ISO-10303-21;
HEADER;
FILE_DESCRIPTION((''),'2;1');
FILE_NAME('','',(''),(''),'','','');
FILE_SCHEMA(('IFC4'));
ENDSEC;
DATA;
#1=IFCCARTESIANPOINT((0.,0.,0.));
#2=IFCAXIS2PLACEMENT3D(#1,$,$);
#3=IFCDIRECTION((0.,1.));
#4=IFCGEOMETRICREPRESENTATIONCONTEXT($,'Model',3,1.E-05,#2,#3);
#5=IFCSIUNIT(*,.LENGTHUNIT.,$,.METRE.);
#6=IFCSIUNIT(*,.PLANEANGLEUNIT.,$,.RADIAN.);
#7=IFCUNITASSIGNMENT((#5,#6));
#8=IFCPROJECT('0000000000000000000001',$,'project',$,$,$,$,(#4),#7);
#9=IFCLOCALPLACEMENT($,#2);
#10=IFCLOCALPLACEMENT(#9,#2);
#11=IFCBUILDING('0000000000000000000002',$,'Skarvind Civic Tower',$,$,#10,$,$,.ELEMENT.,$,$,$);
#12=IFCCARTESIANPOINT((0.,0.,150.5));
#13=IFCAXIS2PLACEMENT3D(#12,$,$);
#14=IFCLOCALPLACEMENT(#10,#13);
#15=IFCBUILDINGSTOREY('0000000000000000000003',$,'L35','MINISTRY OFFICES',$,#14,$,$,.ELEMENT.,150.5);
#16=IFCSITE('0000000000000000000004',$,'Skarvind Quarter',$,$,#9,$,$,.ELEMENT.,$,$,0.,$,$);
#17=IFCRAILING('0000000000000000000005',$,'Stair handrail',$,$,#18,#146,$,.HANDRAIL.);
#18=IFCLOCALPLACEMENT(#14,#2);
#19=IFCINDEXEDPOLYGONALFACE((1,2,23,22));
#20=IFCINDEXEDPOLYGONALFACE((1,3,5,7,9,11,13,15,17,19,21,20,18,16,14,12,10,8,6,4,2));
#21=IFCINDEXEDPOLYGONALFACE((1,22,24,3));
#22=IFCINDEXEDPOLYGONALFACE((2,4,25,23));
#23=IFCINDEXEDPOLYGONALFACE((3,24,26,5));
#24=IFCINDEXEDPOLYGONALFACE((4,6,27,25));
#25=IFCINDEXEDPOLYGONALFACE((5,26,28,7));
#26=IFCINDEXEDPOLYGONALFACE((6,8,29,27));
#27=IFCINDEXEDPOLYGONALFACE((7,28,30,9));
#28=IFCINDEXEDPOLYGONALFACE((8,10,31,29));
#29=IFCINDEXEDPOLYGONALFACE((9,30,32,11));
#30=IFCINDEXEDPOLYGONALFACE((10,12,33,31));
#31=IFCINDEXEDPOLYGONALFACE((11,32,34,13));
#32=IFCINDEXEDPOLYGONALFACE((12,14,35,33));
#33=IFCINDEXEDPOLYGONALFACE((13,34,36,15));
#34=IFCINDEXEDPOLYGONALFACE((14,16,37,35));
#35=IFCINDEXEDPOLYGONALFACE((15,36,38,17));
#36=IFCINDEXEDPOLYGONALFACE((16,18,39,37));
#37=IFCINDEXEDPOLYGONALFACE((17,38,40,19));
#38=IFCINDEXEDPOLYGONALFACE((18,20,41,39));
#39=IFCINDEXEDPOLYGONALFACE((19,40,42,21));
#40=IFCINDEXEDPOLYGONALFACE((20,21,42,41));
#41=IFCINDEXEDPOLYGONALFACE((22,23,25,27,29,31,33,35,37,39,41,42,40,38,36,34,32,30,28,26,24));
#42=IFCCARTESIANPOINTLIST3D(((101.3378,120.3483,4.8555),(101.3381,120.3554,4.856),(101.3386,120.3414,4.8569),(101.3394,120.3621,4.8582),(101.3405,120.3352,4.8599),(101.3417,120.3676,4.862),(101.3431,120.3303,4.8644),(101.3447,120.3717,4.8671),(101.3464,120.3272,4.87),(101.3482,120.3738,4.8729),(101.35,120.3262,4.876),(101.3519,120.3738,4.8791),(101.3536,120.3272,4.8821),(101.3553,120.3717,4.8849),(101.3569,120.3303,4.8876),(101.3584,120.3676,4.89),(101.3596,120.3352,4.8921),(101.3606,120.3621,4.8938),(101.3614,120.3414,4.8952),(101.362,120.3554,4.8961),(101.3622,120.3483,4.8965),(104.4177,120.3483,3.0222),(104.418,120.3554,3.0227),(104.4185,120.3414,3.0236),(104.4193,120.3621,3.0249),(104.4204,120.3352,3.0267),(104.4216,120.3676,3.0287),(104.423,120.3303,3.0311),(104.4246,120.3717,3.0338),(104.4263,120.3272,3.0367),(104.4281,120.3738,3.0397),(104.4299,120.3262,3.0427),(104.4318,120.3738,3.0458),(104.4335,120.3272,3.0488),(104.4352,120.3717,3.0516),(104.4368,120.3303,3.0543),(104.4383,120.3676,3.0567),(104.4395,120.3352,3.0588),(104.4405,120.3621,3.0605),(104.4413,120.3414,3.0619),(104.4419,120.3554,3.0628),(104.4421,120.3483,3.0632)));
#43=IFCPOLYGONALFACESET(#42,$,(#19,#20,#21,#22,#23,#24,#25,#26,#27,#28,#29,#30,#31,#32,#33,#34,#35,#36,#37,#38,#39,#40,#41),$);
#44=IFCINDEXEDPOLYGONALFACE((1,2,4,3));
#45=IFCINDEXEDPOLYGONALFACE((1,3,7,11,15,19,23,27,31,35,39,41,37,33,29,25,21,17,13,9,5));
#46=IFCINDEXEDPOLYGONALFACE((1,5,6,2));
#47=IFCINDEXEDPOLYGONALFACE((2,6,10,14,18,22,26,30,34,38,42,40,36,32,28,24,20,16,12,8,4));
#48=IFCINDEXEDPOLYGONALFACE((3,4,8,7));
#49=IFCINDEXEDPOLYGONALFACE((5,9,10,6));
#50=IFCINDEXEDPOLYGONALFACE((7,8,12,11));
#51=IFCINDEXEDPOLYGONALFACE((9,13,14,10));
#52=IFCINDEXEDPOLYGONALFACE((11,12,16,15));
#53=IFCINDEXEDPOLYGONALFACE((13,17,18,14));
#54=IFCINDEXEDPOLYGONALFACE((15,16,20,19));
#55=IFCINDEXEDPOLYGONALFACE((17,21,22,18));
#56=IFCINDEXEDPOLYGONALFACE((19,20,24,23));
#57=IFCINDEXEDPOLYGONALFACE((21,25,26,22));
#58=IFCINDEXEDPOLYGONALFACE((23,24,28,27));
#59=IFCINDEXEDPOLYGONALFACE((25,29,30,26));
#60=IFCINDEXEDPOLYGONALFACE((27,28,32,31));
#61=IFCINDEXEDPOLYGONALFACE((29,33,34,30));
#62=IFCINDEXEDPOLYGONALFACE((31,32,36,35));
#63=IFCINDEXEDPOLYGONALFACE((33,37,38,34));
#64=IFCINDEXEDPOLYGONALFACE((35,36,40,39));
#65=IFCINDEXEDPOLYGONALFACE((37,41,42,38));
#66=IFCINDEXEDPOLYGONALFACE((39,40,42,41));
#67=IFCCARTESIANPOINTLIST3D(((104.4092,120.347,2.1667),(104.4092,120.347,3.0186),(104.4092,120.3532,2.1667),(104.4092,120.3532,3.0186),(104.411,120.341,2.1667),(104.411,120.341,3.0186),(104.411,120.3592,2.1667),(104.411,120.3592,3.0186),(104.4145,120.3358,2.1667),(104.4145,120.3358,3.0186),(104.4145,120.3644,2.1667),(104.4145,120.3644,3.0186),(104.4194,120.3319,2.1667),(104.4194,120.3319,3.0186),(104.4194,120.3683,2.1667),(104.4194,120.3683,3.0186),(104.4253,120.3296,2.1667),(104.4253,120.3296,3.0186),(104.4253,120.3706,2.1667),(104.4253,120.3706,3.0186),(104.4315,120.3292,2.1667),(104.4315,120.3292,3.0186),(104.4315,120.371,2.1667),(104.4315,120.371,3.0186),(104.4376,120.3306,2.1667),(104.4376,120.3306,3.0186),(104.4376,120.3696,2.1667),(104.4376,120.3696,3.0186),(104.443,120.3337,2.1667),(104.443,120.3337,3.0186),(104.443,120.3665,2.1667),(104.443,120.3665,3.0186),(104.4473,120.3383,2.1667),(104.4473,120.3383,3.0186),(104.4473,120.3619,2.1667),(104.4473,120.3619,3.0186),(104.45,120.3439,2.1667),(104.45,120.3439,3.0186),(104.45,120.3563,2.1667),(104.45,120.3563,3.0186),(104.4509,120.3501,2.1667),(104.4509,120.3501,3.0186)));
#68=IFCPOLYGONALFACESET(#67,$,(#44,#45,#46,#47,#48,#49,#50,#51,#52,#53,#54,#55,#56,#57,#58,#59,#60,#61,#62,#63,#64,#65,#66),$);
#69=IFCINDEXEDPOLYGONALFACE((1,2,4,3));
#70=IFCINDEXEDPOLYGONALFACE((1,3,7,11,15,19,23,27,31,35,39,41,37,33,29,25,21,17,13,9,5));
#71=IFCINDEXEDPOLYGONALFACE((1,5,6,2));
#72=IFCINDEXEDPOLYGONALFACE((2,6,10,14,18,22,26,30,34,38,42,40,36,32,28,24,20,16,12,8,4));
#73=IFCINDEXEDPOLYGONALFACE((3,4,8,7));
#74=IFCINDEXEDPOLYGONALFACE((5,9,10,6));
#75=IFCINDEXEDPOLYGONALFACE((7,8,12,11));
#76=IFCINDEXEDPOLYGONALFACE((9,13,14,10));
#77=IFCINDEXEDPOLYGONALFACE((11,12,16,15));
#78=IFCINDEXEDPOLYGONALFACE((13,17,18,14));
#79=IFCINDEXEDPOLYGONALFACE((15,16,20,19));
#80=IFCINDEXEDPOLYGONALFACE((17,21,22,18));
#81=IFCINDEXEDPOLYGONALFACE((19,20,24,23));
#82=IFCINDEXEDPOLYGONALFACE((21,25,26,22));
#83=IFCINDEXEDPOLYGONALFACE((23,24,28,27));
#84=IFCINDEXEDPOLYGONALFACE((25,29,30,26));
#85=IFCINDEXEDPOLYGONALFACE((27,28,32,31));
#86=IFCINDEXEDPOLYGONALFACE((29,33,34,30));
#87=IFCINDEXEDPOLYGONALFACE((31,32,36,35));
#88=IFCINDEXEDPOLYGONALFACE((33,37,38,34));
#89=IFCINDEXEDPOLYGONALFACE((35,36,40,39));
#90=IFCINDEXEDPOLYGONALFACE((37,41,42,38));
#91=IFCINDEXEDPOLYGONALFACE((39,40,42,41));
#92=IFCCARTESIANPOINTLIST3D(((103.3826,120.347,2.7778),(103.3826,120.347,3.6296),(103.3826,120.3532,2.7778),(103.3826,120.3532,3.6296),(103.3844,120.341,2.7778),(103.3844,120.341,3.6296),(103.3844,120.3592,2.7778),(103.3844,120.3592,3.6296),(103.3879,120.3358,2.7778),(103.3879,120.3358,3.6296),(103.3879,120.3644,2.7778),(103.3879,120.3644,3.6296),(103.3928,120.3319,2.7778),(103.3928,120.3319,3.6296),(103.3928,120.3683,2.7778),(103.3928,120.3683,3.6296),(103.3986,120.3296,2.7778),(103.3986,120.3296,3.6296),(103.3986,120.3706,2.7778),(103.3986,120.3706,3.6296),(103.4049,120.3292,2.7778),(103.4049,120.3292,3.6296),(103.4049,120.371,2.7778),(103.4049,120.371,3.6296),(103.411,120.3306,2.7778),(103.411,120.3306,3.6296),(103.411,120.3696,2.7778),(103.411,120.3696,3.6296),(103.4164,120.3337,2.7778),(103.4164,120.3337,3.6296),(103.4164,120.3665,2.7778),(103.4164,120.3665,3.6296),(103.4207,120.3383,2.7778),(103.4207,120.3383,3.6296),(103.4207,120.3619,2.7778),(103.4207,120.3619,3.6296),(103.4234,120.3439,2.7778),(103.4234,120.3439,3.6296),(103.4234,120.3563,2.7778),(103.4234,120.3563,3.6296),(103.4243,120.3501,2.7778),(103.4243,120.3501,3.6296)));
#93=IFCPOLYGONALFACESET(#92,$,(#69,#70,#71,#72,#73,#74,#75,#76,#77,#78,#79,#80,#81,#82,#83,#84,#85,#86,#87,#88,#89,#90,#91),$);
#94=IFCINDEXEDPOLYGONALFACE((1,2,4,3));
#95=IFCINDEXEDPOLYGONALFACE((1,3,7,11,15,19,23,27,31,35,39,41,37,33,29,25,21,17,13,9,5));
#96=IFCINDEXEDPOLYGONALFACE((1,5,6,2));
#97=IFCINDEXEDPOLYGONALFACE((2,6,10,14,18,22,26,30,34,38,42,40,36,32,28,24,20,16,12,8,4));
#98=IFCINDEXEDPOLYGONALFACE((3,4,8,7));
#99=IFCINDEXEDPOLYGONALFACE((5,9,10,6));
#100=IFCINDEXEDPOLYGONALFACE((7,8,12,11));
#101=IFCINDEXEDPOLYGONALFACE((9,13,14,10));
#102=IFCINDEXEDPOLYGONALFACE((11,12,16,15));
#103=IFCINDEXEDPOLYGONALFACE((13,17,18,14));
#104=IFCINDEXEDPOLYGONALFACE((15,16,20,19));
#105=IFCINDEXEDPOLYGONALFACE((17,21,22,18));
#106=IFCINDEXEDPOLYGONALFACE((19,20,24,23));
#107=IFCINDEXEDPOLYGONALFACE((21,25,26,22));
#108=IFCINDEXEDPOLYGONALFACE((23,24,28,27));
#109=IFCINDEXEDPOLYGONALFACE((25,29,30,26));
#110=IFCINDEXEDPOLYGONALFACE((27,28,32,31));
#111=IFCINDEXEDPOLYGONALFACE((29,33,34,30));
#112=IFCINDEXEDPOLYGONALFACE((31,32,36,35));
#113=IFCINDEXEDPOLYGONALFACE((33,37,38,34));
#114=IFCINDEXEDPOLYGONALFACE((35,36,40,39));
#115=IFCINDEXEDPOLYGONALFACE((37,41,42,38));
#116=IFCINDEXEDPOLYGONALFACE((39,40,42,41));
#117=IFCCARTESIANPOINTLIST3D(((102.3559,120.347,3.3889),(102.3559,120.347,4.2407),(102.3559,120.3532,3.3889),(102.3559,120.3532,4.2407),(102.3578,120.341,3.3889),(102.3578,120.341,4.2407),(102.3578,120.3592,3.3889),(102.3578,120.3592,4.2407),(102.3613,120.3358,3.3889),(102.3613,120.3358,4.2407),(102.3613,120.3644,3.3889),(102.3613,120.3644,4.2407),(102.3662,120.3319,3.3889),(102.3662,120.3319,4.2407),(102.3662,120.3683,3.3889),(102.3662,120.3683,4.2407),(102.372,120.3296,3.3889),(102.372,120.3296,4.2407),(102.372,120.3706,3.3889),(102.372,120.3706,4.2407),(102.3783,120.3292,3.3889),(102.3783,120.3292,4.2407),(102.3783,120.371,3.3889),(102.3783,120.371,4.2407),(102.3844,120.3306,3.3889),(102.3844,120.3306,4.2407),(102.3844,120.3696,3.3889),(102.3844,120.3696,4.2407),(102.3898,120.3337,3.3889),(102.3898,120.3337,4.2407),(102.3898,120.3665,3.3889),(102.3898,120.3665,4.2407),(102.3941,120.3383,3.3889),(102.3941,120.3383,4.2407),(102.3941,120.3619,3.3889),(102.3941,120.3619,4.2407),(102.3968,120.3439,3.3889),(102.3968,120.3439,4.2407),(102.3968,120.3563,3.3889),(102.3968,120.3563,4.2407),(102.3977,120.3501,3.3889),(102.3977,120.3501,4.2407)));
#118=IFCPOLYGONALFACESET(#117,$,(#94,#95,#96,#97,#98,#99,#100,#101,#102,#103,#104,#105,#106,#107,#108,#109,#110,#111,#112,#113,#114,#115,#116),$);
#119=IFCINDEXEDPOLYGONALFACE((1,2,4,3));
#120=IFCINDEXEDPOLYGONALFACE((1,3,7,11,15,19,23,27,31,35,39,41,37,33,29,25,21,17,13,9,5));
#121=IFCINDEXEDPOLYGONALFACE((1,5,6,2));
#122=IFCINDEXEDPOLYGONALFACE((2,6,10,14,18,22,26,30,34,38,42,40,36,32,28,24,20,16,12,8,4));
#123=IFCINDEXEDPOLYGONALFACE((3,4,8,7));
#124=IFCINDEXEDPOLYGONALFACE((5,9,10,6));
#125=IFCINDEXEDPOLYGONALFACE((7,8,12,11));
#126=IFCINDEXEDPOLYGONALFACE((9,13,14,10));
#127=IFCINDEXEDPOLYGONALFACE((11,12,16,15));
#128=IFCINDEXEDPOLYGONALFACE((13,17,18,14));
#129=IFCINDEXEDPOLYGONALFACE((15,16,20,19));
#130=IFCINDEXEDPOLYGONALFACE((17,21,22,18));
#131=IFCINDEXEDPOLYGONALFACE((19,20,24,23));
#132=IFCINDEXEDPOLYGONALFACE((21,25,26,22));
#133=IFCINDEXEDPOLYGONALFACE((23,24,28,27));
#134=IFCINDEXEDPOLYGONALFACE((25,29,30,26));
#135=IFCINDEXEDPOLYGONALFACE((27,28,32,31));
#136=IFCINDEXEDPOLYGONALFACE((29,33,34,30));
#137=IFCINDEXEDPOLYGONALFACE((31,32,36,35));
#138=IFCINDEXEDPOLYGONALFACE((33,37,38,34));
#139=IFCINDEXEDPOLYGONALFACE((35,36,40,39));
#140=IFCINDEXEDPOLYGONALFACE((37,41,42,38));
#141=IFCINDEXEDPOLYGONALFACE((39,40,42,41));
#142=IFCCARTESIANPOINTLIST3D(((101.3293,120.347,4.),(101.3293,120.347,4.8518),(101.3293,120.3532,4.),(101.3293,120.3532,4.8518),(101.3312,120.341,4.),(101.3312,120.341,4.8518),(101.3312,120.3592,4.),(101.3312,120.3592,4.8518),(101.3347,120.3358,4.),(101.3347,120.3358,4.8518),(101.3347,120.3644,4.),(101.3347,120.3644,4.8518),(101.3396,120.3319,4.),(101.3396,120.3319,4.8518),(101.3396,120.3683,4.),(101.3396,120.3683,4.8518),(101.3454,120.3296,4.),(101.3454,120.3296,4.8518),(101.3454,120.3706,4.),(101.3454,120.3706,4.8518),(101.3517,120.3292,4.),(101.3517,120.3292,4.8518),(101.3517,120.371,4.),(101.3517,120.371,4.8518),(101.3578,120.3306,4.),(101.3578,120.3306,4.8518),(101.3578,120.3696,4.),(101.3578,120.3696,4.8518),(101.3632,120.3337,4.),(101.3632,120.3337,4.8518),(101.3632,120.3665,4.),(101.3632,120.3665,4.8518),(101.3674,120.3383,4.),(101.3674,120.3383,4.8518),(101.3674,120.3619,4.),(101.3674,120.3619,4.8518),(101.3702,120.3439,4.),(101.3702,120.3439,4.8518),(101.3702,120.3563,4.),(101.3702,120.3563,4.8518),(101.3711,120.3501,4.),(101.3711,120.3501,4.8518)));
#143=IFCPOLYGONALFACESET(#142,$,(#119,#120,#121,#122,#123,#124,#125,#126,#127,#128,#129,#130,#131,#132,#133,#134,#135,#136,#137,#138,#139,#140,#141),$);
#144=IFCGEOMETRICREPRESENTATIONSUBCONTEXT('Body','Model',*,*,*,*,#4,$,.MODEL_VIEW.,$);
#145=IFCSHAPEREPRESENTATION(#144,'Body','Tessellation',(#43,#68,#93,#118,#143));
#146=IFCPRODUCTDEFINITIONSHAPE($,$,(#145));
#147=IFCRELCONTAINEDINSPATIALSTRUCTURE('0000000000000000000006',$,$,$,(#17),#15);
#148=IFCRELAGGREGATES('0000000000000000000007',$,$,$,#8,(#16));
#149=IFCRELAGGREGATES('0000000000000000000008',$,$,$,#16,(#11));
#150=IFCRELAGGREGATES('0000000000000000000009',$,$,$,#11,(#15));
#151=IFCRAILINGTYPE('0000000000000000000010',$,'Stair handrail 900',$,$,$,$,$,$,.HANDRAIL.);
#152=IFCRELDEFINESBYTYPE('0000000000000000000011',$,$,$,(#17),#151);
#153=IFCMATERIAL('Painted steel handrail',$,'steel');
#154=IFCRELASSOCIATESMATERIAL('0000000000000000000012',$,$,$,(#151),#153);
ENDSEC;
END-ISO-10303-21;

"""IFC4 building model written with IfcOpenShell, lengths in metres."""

from ifc_helpers import new_model, si_unit, direction, frame, origin, origin_2d, place, context, subcontext, project, spatial, circle, extrude, material, type_object, element, save


model = new_model("IFC4")

# Units and contexts
model_context = context("Model", 3, precision=1e-05, world=origin(), true_north=direction((0.0, 1.0)))
body_context = subcontext(model_context, "Body", "Model", "MODEL_VIEW")
ifc_project = project(units=[si_unit("LENGTHUNIT", "METRE"), si_unit("PLANEANGLEUNIT", "RADIAN")], contexts=[model_context])

# Site, building, storey
site_placement = place(None, origin())
site = spatial("IfcSite", under=ifc_project, at=site_placement, Name="Skarvind Quarter", CompositionType="ELEMENT", RefElevation=0.0)
building_placement = place(site_placement, origin())
building = spatial("IfcBuilding", under=site, at=building_placement, Name="Skarvind Civic Tower", CompositionType="ELEMENT")
storey_placement = place(building_placement, frame((0.0, 0.0, 150.5)))
storey = spatial("IfcBuildingStorey", under=building, at=storey_placement, Name="L35", Description="MINISTRY OFFICES", CompositionType="ELEMENT", Elevation=150.5)

# Railing
ifc_material_1 = material(Name="Painted steel handrail", Category="steel")
railing_type = type_object("IfcRailingType", Name="Stair handrail 900", PredefinedType="HANDRAIL", material=ifc_material_1)
railing_1_placement = place(storey_placement, frame((104.4299, 120.3501, 2.1667)))
element("IfcRailing", 1, at=railing_1_placement, inside=storey, type_object=railing_type, Name="Stair handrail", PredefinedType="HANDRAIL", context=body_context, shape_type="SweptSolid", body=[
    extrude(circle(Radius=0.0239, at=origin_2d()), frame((0.0, 0.0, 0.876), z_axis=(-0.859291, 0.0, 0.511487), x_axis=(0.0, -1.0, 0.0)), (0.0, 0.0, 1.0), 3.5842),
    extrude(circle(Radius=0.021, at=origin_2d()), origin(), (0.0, 0.0, 1.0), 0.8518),
    extrude(circle(Radius=0.021, at=origin_2d()), frame((-1.0266, 0.0, 0.6111)), (0.0, 0.0, 1.0), 0.8518),
    extrude(circle(Radius=0.021, at=origin_2d()), frame((-2.0532, 0.0, 1.2222)), (0.0, 0.0, 1.0), 0.8518),
    extrude(circle(Radius=0.021, at=origin_2d()), frame((-3.0798, 0.0, 1.8333)), (0.0, 0.0, 1.0), 0.8518),
])

save(model, "model.ifc")
